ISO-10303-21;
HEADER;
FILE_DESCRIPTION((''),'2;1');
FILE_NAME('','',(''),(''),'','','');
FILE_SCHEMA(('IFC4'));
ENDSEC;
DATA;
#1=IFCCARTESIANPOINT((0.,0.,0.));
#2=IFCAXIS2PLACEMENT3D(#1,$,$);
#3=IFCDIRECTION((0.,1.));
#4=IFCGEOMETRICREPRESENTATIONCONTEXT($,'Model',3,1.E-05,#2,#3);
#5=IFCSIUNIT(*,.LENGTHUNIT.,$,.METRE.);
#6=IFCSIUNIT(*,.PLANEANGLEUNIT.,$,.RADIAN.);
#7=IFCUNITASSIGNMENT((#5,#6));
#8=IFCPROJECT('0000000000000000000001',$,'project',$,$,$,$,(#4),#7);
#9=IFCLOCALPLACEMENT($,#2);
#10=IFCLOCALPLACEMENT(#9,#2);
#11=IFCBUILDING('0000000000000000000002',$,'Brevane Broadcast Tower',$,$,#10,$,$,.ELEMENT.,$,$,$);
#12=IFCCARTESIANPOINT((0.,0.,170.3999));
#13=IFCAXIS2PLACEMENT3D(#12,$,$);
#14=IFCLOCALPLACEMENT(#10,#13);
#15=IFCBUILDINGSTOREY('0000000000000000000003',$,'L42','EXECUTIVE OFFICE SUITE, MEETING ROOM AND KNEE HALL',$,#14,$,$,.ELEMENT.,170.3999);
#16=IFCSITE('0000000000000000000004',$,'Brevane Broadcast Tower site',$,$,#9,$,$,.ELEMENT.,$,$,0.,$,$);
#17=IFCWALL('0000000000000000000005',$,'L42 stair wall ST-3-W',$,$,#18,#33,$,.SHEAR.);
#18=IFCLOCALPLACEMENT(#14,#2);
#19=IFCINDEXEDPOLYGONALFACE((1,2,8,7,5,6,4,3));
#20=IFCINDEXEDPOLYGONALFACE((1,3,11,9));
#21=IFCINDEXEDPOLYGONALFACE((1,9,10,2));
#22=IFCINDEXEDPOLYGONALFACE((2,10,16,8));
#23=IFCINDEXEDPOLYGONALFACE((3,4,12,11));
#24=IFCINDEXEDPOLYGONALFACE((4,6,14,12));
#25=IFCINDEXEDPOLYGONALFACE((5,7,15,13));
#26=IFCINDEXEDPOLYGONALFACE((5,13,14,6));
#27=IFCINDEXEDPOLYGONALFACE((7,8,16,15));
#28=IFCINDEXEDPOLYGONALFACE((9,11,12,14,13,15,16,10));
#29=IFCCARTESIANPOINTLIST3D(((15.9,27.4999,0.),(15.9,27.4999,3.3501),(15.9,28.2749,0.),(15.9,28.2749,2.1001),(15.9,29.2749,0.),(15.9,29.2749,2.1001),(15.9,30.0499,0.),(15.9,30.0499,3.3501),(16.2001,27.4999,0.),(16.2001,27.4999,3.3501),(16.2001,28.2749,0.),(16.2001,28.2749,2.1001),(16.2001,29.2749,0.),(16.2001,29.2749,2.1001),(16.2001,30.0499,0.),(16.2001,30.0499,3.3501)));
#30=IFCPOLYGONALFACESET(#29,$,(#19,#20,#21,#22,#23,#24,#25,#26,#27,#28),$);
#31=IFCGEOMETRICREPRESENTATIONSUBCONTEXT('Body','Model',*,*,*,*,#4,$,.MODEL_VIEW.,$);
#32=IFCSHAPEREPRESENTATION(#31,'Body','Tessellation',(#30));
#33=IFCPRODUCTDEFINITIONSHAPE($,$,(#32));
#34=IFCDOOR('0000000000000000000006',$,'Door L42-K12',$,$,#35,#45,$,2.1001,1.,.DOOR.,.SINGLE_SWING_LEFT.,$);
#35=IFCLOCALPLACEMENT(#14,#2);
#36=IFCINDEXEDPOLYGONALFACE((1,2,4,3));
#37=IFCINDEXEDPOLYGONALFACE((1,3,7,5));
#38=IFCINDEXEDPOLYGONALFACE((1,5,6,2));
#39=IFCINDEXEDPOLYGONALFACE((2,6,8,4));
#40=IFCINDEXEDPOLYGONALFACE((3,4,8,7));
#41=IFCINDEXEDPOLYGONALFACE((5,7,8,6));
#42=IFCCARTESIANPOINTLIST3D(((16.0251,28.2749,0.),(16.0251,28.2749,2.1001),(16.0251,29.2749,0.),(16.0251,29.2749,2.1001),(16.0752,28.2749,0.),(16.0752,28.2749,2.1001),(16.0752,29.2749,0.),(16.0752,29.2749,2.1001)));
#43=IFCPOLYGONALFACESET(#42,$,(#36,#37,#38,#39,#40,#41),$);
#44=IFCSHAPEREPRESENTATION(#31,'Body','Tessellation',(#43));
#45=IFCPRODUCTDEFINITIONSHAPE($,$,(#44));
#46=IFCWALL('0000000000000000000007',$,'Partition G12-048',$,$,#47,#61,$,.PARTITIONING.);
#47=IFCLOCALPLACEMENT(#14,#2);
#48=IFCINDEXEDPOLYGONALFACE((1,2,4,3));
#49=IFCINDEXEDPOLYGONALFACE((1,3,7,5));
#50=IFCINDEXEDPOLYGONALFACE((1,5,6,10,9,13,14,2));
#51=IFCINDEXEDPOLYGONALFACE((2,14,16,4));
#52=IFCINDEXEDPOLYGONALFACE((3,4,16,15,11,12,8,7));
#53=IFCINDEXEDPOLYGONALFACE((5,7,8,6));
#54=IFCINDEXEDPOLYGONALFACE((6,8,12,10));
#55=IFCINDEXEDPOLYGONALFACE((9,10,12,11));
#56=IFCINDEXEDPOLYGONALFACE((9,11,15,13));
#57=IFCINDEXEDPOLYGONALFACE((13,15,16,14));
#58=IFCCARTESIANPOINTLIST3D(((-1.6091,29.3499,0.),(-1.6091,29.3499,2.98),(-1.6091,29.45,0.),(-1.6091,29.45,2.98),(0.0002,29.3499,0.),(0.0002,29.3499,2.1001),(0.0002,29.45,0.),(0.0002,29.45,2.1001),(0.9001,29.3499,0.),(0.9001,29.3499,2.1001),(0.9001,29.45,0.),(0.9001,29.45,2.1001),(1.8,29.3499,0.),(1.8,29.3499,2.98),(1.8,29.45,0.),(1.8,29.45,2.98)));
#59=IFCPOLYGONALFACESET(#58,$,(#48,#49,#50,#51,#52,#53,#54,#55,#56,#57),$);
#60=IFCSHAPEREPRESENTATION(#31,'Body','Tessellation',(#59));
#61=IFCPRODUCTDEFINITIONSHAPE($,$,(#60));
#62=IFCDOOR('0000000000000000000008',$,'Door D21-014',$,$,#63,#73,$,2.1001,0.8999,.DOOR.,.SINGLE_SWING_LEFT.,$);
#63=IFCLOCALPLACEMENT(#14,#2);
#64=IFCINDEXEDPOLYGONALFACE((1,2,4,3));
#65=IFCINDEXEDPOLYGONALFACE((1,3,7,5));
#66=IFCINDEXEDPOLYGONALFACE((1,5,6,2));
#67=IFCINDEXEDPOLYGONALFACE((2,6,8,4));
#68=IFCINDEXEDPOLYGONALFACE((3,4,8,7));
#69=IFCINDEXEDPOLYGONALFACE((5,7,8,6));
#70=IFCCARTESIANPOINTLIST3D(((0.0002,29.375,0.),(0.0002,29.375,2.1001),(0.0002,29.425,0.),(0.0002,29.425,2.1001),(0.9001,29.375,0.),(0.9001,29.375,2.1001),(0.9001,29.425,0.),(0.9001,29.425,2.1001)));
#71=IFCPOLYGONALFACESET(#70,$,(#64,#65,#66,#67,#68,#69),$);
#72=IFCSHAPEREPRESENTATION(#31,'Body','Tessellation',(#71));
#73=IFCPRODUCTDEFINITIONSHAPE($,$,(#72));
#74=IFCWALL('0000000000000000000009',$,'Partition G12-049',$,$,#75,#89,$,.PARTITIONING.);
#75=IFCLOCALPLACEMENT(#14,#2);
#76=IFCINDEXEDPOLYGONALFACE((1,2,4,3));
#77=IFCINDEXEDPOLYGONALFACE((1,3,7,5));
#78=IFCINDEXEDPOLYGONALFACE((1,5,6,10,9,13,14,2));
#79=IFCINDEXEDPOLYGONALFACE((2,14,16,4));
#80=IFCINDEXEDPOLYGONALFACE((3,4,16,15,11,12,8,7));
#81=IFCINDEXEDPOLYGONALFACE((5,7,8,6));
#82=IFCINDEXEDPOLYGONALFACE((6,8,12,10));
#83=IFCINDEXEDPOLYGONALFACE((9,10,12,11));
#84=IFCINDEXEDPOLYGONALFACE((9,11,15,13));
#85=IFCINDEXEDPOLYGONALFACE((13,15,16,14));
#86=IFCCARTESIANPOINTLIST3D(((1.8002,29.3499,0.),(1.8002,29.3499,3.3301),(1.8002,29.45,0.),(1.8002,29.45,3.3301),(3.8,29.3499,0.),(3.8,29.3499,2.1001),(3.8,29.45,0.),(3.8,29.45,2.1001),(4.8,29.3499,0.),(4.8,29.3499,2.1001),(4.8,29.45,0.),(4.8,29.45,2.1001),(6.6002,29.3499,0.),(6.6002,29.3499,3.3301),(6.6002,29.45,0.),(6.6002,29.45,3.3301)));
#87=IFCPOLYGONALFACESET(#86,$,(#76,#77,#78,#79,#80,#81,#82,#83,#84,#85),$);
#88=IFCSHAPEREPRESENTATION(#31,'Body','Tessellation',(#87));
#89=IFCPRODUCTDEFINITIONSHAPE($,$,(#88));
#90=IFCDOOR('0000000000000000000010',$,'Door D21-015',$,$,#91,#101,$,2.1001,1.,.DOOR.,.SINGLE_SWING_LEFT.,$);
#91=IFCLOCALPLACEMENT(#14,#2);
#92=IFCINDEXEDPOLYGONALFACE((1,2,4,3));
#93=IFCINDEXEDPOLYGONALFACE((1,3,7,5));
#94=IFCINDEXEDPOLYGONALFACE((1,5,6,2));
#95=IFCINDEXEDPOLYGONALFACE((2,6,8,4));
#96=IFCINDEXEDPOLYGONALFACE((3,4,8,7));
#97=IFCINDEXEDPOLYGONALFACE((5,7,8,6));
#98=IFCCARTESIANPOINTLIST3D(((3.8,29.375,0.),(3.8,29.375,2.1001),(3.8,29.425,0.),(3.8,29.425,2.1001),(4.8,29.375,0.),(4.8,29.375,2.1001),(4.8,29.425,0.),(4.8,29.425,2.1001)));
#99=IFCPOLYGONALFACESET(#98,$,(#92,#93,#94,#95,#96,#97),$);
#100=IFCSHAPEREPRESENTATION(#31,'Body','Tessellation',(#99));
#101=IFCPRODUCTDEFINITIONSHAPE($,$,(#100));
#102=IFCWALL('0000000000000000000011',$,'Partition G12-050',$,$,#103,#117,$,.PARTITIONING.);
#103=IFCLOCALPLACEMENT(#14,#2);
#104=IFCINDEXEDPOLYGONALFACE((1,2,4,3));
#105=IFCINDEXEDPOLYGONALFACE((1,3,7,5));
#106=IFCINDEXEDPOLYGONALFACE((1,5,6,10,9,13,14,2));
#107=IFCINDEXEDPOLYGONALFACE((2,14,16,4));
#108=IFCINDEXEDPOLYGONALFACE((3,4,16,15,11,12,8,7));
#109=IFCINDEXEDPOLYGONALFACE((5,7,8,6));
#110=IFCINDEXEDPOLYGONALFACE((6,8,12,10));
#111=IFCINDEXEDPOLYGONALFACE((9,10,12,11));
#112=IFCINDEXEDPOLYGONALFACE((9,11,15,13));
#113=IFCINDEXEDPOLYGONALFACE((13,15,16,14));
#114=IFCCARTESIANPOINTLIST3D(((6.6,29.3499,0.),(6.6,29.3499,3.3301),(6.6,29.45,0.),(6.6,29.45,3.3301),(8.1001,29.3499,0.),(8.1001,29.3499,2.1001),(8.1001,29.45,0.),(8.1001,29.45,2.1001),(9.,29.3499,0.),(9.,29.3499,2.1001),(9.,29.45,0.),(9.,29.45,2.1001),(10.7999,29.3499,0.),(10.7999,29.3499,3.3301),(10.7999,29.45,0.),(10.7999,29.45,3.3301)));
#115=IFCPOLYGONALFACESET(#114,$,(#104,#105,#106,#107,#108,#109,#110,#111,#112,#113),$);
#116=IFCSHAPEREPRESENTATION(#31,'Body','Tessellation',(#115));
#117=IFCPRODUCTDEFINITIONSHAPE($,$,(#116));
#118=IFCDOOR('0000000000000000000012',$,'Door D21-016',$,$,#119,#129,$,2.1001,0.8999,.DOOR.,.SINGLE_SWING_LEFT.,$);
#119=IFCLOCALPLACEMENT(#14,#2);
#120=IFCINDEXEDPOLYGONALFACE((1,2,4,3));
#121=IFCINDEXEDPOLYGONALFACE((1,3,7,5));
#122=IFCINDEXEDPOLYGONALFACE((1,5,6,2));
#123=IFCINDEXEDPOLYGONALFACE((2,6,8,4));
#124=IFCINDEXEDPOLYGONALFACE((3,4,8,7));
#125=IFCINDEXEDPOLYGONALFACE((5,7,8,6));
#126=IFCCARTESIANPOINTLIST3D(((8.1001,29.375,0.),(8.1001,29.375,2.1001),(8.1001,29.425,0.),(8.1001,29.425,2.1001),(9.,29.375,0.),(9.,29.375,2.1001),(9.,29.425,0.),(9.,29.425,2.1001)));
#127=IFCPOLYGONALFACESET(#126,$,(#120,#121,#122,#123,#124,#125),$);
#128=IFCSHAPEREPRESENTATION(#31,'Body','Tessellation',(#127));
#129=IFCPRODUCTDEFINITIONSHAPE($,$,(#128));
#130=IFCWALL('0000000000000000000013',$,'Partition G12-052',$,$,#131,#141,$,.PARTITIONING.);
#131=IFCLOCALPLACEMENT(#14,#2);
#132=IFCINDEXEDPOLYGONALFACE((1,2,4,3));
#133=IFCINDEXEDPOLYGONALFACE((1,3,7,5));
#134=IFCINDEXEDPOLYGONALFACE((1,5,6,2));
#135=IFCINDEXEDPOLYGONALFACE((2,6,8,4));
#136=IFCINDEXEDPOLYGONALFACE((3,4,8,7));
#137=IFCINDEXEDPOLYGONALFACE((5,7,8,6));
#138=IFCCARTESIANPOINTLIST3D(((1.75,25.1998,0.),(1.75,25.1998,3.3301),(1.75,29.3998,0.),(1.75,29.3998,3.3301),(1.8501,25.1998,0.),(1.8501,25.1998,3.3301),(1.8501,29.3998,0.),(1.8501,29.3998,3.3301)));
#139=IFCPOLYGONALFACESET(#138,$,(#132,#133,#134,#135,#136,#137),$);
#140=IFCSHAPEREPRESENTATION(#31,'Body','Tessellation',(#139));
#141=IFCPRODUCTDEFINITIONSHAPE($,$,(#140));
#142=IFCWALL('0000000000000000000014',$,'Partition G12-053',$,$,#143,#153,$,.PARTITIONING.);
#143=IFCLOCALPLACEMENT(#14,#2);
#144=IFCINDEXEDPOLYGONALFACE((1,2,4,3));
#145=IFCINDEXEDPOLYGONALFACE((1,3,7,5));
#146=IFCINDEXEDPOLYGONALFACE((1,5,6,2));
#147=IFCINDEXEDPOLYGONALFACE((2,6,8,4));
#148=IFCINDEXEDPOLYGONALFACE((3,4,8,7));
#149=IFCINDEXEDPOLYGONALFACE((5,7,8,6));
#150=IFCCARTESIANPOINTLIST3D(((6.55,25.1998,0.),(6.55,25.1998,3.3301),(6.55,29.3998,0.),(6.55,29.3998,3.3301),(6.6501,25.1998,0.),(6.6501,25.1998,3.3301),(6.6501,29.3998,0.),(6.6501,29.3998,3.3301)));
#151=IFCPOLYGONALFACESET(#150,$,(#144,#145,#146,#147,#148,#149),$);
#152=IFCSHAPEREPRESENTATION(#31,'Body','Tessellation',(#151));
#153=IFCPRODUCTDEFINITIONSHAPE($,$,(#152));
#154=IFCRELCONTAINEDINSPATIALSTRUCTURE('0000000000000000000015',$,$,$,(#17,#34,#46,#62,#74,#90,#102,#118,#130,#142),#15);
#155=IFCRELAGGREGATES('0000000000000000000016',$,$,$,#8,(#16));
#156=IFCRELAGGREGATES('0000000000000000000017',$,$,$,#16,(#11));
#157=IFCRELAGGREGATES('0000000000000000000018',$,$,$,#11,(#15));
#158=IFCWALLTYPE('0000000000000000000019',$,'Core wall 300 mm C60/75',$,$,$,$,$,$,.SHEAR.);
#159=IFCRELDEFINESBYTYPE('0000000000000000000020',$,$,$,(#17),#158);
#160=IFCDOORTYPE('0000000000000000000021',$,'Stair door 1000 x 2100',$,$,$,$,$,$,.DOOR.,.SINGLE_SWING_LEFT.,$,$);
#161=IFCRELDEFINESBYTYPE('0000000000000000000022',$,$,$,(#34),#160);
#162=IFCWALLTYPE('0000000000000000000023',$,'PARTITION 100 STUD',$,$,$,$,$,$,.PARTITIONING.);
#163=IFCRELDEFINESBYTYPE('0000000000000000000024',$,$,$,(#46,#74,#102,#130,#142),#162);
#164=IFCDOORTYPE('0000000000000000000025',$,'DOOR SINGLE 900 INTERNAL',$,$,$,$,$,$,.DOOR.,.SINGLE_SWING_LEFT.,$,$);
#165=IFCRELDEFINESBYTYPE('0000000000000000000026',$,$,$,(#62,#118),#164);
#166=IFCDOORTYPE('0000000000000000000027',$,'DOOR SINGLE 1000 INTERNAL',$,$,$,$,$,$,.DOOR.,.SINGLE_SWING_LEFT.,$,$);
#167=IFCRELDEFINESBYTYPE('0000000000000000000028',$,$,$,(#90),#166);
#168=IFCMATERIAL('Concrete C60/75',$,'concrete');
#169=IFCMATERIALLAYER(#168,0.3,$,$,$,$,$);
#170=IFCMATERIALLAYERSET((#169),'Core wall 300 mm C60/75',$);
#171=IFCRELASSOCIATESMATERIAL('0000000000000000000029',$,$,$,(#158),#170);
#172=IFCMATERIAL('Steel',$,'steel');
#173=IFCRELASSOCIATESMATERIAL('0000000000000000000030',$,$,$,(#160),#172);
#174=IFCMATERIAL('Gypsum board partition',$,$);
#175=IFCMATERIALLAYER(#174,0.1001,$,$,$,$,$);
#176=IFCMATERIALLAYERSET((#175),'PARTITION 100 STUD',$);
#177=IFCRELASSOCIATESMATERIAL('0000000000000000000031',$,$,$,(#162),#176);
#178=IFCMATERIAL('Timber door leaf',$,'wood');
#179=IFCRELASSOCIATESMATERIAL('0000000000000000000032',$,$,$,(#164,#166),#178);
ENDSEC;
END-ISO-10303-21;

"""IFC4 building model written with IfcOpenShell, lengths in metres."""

from ifc_helpers import new_model, si_unit, direction, frame, frame_2d, origin, place, context, subcontext, project, spatial, rectangle, extrude, material, layer, layer_set, type_object, element, fill, save


model = new_model("IFC4")

# Units and contexts
model_context = context("Model", 3, precision=1e-05, world=origin(), true_north=direction((0.0, 1.0)))
body_context = subcontext(model_context, "Body", "Model", "MODEL_VIEW")
ifc_project = project(units=[si_unit("LENGTHUNIT", "METRE"), si_unit("PLANEANGLEUNIT", "RADIAN")], contexts=[model_context])

# Site, building, storey
site_placement = place(None, origin())
site = spatial("IfcSite", under=ifc_project, at=site_placement, Name="Brevane Broadcast Tower site", CompositionType="ELEMENT", RefElevation=0.0)
building_placement = place(site_placement, origin())
building = spatial("IfcBuilding", under=site, at=building_placement, Name="Brevane Broadcast Tower", CompositionType="ELEMENT")
storey_placement = place(building_placement, frame((0.0, 0.0, 170.3999)))
storey = spatial("IfcBuildingStorey", under=building, at=storey_placement, Name="L42", Description="EXECUTIVE OFFICE SUITE, MEETING ROOM AND KNEE HALL", CompositionType="ELEMENT", Elevation=170.3999)

# Shared definitions
ifc_material_1 = material(Name="Concrete C60/75", Category="concrete")

# Shared definitions
ifc_layer_1 = layer(ifc_material_1, 0.3)
ifc_layer_set_1 = layer_set([ifc_layer_1], Name="Core wall 300 mm C60/75")
wall_type_1 = type_object("IfcWallType", Name="Core wall 300 mm C60/75", PredefinedType="SHEAR", material=ifc_layer_set_1)

# Walls, openings, doors
wall_1_placement = place(storey_placement, frame((16.05, 27.5, 0.0), z_axis=(0.0, 0.0, 1.0), x_axis=(0.0, 1.0, 0.0)))
wall_1 = element("IfcWall", 1, at=wall_1_placement, inside=storey, type_object=wall_type_1, Name="L42 stair wall ST-3-W", PredefinedType="SHEAR", context=body_context, shape_type="SweptSolid", body=[
    extrude(rectangle(XDim=2.55, YDim=0.3, at=frame_2d((1.2749, 0.0))), origin(), (0.0, 0.0, 1.0), 3.3501),
])
opening_1_placement = place(wall_1_placement, frame((0.7749, 0.0, 0.0)))
opening_1 = element("IfcOpeningElement", 2, at=opening_1_placement, cuts=wall_1, PredefinedType="OPENING", context=body_context, shape_type="SweptSolid", body=[
    extrude(rectangle(XDim=1.0, YDim=2.1001, at=frame_2d((0.5, 1.05))), frame((0.0, 0.1599, 0.0), z_axis=(0.0, -1.0, 0.0), x_axis=(1.0, 0.0, 0.0)), (0.0, 0.0, 1.0), 0.3201),
])
ifc_material_2 = material(Name="Steel", Category="steel")
door_type_1 = type_object("IfcDoorType", Name="Stair door 1000 x 2100", OperationType="SINGLE_SWING_LEFT", PredefinedType="DOOR", material=ifc_material_2)
door_1_placement = place(opening_1_placement, origin())
door_1 = element("IfcDoor", 3, at=door_1_placement, inside=storey, type_object=door_type_1, Name="Door L42-K12", OperationType="SINGLE_SWING_LEFT", OverallHeight=2.1001, OverallWidth=1.0, PredefinedType="DOOR", context=body_context, shape_type="SweptSolid", body=[
    extrude(rectangle(XDim=1.0, YDim=2.1001, at=frame_2d((0.5, 1.05))), frame((0.0, 0.0249, 0.0), z_axis=(0.0, -1.0, 0.0), x_axis=(1.0, 0.0, 0.0)), (0.0, 0.0, 1.0), 0.05),
])
fill(opening_1, door_1)
ifc_material_3 = material(Name="Gypsum board partition")
ifc_layer_2 = layer(ifc_material_3, 0.1001)
ifc_layer_set_2 = layer_set([ifc_layer_2], Name="PARTITION 100 STUD")
wall_type_2 = type_object("IfcWallType", Name="PARTITION 100 STUD", PredefinedType="PARTITIONING", material=ifc_layer_set_2)
wall_2_placement = place(storey_placement, frame((1.8, 29.3999, 0.0), z_axis=(0.0, 0.0, 1.0), x_axis=(-1.0, 0.0, 0.0)))
wall_2 = element("IfcWall", 4, at=wall_2_placement, inside=storey, type_object=wall_type_2, Name="Partition G12-048", PredefinedType="PARTITIONING", context=body_context, shape_type="SweptSolid", body=[
    extrude(rectangle(XDim=3.4092, YDim=0.1001, at=frame_2d((1.7046, 0.0))), origin(), (0.0, 0.0, 1.0), 2.98),
])
opening_2_placement = place(wall_2_placement, frame((0.8999, 0.0, 0.0)))
opening_2 = element("IfcOpeningElement", 5, at=opening_2_placement, cuts=wall_2, PredefinedType="OPENING", context=body_context, shape_type="SweptSolid", body=[
    extrude(rectangle(XDim=0.8999, YDim=2.1001, at=frame_2d((0.45, 1.05))), frame((0.0, 0.0601, 0.0), z_axis=(0.0, -1.0, 0.0), x_axis=(1.0, 0.0, 0.0)), (0.0, 0.0, 1.0), 0.1201),
])
ifc_material_4 = material(Name="Timber door leaf", Category="wood")
door_type_2 = type_object("IfcDoorType", Name="DOOR SINGLE 900 INTERNAL", OperationType="SINGLE_SWING_LEFT", PredefinedType="DOOR", material=ifc_material_4)
door_2_placement = place(opening_2_placement, origin())
door_2 = element("IfcDoor", 6, at=door_2_placement, inside=storey, type_object=door_type_2, Name="Door D21-014", OperationType="SINGLE_SWING_LEFT", OverallHeight=2.1001, OverallWidth=0.8999, PredefinedType="DOOR", context=body_context, shape_type="SweptSolid", body=[
    extrude(rectangle(XDim=0.8999, YDim=2.1001, at=frame_2d((0.45, 1.05))), frame((0.0, 0.0249, 0.0), z_axis=(0.0, -1.0, 0.0), x_axis=(1.0, 0.0, 0.0)), (0.0, 0.0, 1.0), 0.05),
])
fill(opening_2, door_2)
wall_3_placement = place(storey_placement, frame((6.6001, 29.3999, 0.0), z_axis=(0.0, 0.0, 1.0), x_axis=(-1.0, 0.0, 0.0)))
wall_3 = element("IfcWall", 7, at=wall_3_placement, inside=storey, type_object=wall_type_2, Name="Partition G12-049", PredefinedType="PARTITIONING", context=body_context, shape_type="SweptSolid", body=[
    extrude(rectangle(XDim=4.8, YDim=0.1001, at=frame_2d((2.3999, 0.0))), origin(), (0.0, 0.0, 1.0), 3.3301),
])
opening_3_placement = place(wall_3_placement, frame((1.8, 0.0, 0.0)))
opening_3 = element("IfcOpeningElement", 8, at=opening_3_placement, cuts=wall_3, PredefinedType="OPENING", context=body_context, shape_type="SweptSolid", body=[
    extrude(rectangle(XDim=1.0, YDim=2.1001, at=frame_2d((0.5, 1.05))), frame((0.0, 0.0601, 0.0), z_axis=(0.0, -1.0, 0.0), x_axis=(1.0, 0.0, 0.0)), (0.0, 0.0, 1.0), 0.1201),
])
door_type_3 = type_object("IfcDoorType", Name="DOOR SINGLE 1000 INTERNAL", OperationType="SINGLE_SWING_LEFT", PredefinedType="DOOR", material=ifc_material_4)
door_3_placement = place(opening_3_placement, origin())
door_3 = element("IfcDoor", 9, at=door_3_placement, inside=storey, type_object=door_type_3, Name="Door D21-015", OperationType="SINGLE_SWING_LEFT", OverallHeight=2.1001, OverallWidth=1.0, PredefinedType="DOOR", context=body_context, shape_type="SweptSolid", body=[
    extrude(rectangle(XDim=1.0, YDim=2.1001, at=frame_2d((0.5, 1.05))), frame((0.0, 0.0249, 0.0), z_axis=(0.0, -1.0, 0.0), x_axis=(1.0, 0.0, 0.0)), (0.0, 0.0, 1.0), 0.05),
])
fill(opening_3, door_3)
wall_4_placement = place(storey_placement, frame((10.8, 29.3999, 0.0), z_axis=(0.0, 0.0, 1.0), x_axis=(-1.0, 0.0, 0.0)))
wall_4 = element("IfcWall", 10, at=wall_4_placement, inside=storey, type_object=wall_type_2, Name="Partition G12-050", PredefinedType="PARTITIONING", context=body_context, shape_type="SweptSolid", body=[
    extrude(rectangle(XDim=4.2, YDim=0.1001, at=frame_2d((2.1001, 0.0))), origin(), (0.0, 0.0, 1.0), 3.3301),
])
opening_4_placement = place(wall_4_placement, frame((1.8, 0.0, 0.0)))
opening_4 = element("IfcOpeningElement", 11, at=opening_4_placement, cuts=wall_4, PredefinedType="OPENING", context=body_context, shape_type="SweptSolid", body=[
    extrude(rectangle(XDim=0.8999, YDim=2.1001, at=frame_2d((0.45, 1.05))), frame((0.0, 0.0601, 0.0), z_axis=(0.0, -1.0, 0.0), x_axis=(1.0, 0.0, 0.0)), (0.0, 0.0, 1.0), 0.1201),
])
door_4_placement = place(opening_4_placement, origin())
door_4 = element("IfcDoor", 12, at=door_4_placement, inside=storey, type_object=door_type_2, Name="Door D21-016", OperationType="SINGLE_SWING_LEFT", OverallHeight=2.1001, OverallWidth=0.8999, PredefinedType="DOOR", context=body_context, shape_type="SweptSolid", body=[
    extrude(rectangle(XDim=0.8999, YDim=2.1001, at=frame_2d((0.45, 1.05))), frame((0.0, 0.0249, 0.0), z_axis=(0.0, -1.0, 0.0), x_axis=(1.0, 0.0, 0.0)), (0.0, 0.0, 1.0), 0.05),
])
fill(opening_4, door_4)

# Walls
for number, where, z_axis, x_axis, name in (
    (13, (1.8, 29.3999, 0.0), (0.0, 0.0, 1.0), (0.0, -1.0, 0.0), "Partition G12-052"),
    (14, (6.6001, 29.3999, 0.0), (0.0, 0.0, 1.0), (0.0, -1.0, 0.0), "Partition G12-053"),
):
    element("IfcWall", number, at=place(storey_placement, frame(where, z_axis=z_axis, x_axis=x_axis)), inside=storey, type_object=wall_type_2, Name=name, PredefinedType="PARTITIONING", context=body_context, shape_type="SweptSolid", body=[
        extrude(rectangle(XDim=4.2, YDim=0.1001, at=frame_2d((2.1001, 0.0))), origin(), (0.0, 0.0, 1.0), 3.3301),
    ])

save(model, "model.ifc")
